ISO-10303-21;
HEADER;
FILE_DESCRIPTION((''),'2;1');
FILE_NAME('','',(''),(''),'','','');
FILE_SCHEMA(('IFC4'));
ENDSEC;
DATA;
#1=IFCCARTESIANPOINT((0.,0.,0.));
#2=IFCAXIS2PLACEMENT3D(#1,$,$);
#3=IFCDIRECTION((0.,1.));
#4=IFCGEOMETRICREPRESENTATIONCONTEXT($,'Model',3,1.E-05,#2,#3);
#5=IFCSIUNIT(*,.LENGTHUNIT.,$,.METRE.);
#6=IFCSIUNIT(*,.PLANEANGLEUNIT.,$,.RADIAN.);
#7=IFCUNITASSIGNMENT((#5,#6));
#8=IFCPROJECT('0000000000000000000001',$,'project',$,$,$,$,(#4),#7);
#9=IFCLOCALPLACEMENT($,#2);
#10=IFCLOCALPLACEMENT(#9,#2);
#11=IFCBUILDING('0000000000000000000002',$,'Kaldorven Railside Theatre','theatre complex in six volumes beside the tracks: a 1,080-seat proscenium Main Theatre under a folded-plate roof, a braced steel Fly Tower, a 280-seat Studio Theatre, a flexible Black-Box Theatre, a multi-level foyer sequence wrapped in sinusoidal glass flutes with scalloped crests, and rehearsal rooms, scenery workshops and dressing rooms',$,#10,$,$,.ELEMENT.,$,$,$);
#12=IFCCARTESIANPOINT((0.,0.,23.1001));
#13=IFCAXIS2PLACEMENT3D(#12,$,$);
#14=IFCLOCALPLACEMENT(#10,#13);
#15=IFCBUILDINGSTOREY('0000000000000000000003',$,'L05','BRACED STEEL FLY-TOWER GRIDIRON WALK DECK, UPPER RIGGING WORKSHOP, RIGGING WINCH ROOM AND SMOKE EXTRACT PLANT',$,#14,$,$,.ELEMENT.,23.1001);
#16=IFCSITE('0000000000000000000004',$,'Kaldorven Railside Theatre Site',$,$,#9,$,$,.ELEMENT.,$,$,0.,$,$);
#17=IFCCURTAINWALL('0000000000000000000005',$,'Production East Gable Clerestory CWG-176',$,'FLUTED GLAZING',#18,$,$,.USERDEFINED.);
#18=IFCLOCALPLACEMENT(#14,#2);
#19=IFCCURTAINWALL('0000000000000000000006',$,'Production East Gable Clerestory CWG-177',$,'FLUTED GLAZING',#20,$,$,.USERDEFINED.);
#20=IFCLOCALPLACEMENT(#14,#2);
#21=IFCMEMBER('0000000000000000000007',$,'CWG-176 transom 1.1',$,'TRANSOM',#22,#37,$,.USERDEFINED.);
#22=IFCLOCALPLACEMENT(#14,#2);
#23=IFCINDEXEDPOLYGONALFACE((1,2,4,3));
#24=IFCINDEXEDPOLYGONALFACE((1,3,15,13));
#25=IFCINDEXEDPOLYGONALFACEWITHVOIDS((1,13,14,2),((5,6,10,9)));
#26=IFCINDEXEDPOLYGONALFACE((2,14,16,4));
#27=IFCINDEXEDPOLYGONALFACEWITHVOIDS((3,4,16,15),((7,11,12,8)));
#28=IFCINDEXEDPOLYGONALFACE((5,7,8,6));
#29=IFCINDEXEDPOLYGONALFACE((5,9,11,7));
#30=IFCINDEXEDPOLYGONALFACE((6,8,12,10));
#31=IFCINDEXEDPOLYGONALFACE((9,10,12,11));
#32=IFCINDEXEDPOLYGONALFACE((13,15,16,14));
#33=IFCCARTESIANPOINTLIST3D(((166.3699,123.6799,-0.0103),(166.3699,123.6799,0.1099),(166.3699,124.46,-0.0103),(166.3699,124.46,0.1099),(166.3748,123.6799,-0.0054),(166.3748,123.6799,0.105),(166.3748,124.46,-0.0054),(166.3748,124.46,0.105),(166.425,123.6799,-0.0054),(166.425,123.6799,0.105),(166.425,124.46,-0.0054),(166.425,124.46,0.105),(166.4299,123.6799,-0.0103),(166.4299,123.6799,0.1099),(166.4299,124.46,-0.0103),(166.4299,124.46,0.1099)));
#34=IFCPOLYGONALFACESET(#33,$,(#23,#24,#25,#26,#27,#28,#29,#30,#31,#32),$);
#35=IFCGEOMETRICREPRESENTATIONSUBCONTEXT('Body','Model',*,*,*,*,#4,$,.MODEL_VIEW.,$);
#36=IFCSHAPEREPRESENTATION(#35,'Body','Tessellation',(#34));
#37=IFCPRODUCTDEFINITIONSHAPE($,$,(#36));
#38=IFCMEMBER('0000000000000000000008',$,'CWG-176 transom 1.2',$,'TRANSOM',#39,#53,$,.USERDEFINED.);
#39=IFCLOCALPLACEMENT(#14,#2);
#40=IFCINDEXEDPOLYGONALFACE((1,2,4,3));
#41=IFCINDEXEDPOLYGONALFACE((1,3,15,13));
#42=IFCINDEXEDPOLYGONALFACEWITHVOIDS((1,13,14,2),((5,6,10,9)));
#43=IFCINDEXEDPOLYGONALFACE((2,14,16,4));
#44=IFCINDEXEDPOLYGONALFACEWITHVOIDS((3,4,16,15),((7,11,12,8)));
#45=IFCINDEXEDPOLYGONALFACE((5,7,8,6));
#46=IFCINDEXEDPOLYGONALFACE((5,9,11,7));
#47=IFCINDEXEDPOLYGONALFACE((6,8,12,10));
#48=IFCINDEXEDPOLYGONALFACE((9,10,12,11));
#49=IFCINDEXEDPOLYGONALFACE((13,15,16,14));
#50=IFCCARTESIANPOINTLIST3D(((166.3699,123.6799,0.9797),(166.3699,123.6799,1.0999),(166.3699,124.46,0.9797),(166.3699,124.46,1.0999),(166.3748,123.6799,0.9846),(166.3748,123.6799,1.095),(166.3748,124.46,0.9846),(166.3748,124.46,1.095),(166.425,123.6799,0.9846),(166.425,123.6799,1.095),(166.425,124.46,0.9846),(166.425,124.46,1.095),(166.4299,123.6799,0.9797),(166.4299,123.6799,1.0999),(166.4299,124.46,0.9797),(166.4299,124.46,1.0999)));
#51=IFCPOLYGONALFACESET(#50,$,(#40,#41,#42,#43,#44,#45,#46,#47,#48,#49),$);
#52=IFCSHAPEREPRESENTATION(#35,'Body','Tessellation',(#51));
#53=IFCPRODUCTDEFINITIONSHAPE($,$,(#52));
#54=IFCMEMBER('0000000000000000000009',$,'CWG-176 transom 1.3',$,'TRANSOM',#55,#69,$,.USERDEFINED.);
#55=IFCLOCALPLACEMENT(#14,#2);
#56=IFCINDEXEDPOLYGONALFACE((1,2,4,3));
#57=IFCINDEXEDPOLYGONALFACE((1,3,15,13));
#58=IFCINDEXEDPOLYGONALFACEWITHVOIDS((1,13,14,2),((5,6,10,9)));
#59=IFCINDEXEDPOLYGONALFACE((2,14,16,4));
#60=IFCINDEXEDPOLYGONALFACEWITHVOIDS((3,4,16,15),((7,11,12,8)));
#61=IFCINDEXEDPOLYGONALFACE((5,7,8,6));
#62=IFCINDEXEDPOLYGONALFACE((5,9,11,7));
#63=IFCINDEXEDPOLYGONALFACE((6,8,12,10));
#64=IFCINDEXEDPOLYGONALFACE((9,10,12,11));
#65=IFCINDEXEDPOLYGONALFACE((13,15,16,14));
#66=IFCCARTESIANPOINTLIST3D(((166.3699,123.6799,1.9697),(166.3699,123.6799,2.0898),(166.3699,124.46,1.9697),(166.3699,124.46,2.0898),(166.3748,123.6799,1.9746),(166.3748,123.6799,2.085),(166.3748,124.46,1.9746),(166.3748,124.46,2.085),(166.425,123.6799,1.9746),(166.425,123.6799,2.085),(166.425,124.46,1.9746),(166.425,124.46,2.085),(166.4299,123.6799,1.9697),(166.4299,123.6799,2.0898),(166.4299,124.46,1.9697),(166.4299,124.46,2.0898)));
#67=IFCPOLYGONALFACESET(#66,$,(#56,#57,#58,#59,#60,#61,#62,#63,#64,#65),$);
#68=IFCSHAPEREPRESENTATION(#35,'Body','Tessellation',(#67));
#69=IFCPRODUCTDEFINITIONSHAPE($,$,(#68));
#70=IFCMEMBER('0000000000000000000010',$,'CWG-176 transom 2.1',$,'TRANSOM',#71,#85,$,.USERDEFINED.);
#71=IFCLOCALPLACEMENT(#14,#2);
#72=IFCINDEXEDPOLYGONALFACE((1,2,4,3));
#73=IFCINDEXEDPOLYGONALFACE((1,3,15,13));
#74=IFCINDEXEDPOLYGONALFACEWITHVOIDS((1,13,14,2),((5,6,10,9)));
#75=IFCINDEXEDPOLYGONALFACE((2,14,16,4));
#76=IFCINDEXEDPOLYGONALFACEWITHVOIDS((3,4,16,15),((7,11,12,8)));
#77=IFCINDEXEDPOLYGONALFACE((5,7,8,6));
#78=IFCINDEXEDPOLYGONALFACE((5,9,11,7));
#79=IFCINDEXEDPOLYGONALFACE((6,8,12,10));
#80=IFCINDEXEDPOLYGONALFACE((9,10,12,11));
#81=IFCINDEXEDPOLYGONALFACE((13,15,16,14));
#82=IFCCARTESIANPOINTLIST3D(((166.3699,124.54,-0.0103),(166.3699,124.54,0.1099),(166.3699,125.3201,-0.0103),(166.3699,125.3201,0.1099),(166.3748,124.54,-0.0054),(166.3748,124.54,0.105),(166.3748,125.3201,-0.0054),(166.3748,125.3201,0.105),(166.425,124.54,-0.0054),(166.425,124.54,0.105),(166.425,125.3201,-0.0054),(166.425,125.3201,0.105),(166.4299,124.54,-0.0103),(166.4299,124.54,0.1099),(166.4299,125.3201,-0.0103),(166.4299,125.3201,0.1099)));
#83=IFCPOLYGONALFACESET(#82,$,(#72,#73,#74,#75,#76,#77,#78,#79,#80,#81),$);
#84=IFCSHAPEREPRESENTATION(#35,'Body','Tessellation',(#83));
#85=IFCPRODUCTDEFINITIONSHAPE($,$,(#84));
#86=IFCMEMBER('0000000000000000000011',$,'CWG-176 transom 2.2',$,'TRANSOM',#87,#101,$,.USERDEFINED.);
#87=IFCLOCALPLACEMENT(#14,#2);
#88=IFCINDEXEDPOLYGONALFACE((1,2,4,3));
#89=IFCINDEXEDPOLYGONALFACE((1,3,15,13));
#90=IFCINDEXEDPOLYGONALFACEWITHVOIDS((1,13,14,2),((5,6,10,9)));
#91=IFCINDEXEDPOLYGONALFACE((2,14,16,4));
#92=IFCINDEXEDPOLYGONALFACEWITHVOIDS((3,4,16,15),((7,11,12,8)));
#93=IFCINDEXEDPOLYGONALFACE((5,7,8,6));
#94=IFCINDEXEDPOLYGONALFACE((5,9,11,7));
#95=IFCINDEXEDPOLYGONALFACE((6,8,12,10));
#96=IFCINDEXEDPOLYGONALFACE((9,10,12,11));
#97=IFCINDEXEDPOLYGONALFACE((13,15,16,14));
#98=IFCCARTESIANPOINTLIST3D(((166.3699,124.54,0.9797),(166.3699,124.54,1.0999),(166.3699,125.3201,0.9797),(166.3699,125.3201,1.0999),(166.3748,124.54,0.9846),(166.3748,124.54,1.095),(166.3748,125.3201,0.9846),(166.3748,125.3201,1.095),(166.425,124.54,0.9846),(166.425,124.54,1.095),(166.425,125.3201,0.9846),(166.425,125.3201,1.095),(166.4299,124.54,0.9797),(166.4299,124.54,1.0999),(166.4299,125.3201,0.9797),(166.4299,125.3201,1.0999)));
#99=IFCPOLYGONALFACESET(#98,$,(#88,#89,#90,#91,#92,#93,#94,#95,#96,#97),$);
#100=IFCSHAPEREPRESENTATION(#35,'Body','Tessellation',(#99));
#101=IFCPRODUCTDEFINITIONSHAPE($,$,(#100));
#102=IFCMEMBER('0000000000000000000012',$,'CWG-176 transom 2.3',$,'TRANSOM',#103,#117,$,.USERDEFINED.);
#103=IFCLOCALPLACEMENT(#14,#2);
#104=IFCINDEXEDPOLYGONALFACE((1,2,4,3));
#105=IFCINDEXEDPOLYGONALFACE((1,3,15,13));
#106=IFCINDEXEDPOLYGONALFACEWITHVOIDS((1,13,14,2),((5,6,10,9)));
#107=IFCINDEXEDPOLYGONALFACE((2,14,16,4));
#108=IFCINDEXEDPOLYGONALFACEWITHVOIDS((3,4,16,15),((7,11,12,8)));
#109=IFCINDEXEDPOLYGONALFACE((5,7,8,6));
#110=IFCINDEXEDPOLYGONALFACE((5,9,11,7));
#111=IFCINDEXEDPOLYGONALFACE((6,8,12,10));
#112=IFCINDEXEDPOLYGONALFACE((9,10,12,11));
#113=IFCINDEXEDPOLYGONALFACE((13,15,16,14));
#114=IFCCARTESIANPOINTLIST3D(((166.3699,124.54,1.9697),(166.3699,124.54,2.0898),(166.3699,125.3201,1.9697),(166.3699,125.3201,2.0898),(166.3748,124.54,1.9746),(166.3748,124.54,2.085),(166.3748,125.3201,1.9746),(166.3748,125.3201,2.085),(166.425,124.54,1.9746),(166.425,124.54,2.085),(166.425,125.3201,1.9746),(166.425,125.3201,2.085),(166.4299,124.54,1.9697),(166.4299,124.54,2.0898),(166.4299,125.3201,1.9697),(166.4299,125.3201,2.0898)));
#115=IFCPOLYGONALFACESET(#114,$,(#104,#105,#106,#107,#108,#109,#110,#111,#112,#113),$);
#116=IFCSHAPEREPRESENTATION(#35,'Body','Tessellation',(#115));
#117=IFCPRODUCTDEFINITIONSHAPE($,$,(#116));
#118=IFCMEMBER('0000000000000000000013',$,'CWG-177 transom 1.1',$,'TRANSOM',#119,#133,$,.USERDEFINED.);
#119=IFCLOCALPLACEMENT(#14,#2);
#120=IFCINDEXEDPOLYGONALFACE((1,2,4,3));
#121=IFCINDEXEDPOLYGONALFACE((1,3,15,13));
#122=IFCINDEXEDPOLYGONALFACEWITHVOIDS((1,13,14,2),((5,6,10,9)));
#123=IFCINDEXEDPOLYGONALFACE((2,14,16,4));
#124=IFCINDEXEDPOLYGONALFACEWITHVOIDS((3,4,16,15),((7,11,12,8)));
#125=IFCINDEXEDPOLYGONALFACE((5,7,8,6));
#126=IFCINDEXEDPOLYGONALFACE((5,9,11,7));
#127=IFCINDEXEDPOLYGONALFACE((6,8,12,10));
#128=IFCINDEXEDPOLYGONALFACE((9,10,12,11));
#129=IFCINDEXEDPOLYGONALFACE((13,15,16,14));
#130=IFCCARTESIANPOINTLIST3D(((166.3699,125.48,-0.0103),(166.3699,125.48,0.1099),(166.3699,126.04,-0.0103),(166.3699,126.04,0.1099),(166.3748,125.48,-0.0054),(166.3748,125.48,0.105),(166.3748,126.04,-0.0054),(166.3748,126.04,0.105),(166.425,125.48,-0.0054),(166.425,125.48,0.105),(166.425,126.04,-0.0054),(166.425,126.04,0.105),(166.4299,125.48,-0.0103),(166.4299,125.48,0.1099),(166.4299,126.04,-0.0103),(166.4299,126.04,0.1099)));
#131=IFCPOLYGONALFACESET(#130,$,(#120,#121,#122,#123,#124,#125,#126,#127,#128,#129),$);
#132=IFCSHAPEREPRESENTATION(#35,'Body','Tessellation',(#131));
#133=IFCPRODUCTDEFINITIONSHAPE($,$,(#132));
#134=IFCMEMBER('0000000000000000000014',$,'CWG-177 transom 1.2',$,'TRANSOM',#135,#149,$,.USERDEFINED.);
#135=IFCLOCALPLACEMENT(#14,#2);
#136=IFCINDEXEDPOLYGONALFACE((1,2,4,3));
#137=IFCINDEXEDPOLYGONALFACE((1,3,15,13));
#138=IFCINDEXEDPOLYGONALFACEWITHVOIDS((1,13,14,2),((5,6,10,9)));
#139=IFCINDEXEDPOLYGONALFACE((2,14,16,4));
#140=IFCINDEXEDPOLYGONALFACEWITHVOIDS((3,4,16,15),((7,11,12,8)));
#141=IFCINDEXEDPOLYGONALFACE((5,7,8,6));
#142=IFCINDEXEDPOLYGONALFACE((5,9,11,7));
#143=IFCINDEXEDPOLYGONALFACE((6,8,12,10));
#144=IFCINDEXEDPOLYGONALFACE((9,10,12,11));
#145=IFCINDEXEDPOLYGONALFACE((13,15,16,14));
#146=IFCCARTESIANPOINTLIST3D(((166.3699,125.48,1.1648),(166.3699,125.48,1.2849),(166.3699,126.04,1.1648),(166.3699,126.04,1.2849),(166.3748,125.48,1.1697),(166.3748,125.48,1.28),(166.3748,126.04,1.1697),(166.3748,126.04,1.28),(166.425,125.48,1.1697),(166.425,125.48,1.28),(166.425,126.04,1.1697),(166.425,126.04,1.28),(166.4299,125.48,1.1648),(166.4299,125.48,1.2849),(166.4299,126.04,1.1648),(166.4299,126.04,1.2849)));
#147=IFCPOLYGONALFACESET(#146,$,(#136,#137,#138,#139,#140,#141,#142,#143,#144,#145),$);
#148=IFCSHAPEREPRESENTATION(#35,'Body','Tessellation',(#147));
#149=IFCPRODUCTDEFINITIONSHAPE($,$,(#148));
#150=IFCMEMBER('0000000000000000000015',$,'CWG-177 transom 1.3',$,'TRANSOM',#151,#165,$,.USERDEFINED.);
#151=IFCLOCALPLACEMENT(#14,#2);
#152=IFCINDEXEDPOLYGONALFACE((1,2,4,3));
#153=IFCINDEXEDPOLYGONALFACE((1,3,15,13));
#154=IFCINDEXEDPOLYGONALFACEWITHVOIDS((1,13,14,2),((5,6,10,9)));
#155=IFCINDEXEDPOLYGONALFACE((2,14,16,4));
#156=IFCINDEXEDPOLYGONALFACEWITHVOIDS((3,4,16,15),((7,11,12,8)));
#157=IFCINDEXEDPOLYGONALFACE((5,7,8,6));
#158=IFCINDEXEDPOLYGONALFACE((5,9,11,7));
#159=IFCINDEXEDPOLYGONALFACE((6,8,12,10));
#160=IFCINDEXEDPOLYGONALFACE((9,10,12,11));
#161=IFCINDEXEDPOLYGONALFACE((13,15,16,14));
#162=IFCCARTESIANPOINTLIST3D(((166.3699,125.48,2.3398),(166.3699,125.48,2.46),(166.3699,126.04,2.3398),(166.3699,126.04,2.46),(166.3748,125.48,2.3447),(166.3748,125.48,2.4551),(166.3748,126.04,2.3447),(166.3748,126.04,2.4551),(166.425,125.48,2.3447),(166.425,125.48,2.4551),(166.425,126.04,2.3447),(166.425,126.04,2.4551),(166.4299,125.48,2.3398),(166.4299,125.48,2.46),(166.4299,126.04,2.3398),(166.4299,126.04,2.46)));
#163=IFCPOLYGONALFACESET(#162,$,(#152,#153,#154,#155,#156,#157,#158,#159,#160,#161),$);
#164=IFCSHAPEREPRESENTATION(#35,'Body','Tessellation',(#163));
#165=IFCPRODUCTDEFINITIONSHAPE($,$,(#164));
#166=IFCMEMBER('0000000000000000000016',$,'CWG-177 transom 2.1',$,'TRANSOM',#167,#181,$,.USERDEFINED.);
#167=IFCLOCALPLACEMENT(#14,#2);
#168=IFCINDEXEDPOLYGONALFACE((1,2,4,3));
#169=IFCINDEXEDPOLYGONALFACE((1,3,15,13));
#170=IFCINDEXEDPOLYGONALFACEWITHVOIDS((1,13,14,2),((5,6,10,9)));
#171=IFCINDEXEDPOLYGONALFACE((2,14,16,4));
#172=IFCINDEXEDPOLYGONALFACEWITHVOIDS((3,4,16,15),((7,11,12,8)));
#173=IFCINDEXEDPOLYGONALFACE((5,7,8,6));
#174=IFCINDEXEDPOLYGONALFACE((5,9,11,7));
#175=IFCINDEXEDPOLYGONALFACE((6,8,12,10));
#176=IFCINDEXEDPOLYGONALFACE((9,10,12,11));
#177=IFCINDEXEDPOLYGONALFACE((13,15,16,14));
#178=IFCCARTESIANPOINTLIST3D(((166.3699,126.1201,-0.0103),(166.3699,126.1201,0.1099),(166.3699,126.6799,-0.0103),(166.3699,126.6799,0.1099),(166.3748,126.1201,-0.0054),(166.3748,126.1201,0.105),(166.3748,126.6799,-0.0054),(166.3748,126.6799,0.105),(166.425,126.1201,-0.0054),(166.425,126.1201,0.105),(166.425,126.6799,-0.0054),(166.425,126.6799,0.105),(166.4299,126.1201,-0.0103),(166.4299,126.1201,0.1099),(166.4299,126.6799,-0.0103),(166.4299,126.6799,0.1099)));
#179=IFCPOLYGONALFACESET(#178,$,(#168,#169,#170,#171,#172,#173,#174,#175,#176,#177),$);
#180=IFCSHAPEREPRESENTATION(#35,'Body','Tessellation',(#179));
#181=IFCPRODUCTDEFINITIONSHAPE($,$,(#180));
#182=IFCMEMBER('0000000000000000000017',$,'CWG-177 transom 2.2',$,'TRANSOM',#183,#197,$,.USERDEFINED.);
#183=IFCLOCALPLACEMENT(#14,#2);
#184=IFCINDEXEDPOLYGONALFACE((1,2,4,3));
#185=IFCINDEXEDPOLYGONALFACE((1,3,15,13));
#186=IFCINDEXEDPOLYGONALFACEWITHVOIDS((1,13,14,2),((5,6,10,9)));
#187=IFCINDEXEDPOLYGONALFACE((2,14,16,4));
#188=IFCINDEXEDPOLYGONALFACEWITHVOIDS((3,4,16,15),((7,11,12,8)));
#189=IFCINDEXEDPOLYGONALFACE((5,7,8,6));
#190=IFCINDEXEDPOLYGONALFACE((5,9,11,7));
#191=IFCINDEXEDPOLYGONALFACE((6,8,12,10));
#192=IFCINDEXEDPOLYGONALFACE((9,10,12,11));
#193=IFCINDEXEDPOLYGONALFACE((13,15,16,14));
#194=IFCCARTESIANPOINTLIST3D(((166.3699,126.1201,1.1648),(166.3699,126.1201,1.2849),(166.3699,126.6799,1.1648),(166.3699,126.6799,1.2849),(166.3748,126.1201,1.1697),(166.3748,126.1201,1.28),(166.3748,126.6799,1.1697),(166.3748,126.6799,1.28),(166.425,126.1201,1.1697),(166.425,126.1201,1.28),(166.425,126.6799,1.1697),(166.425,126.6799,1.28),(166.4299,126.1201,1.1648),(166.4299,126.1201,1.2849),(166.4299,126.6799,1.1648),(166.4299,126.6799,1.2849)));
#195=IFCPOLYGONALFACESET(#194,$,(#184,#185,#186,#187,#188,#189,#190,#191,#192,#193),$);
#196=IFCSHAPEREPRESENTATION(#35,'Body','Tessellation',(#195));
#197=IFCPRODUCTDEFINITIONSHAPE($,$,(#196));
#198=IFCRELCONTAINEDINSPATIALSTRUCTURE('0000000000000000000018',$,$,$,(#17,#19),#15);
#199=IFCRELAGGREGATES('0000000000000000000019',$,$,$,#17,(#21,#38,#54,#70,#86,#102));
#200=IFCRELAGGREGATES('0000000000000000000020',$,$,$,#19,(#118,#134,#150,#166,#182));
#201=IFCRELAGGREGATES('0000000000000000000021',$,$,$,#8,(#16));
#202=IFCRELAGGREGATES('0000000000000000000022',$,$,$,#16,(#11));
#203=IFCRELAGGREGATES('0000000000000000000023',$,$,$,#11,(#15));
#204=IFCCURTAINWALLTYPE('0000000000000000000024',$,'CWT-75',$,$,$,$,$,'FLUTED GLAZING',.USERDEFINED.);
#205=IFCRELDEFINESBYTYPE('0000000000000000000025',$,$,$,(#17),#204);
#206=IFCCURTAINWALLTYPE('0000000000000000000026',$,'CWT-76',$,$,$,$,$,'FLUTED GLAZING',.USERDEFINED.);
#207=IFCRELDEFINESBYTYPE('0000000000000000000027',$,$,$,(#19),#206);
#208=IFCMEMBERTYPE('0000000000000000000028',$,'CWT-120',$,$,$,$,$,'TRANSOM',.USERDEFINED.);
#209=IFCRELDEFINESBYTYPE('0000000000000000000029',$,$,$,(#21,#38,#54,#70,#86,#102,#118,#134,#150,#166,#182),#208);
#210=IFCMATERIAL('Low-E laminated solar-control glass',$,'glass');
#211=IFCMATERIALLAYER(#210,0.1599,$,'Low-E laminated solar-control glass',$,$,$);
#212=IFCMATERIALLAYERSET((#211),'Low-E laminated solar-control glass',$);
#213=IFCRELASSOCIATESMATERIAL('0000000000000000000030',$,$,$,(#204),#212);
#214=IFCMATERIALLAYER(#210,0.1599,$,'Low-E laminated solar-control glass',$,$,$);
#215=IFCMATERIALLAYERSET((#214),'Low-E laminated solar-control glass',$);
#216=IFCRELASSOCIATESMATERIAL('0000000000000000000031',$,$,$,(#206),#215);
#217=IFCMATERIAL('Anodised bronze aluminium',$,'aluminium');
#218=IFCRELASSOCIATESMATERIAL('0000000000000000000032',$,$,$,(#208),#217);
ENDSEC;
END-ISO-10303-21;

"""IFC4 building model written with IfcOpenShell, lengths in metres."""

from ifc_helpers import new_model, si_unit, direction, frame, origin, origin_2d, place, context, subcontext, project, spatial, hollow_rectangle, extrude, material, layer, layer_set, material_profile, profile_set, type_object, element, aggregate, save


model = new_model("IFC4")

# Units and contexts
model_context = context("Model", 3, precision=1e-05, world=origin(), true_north=direction((0.0, 1.0)))
body_context = subcontext(model_context, "Body", "Model", "MODEL_VIEW")
ifc_project = project(units=[si_unit("LENGTHUNIT", "METRE"), si_unit("PLANEANGLEUNIT", "RADIAN")], contexts=[model_context])

# Site, building, storey
site_placement = place(None, origin())
site = spatial("IfcSite", under=ifc_project, at=site_placement, Name="Kaldorven Railside Theatre Site", CompositionType="ELEMENT", RefElevation=0.0)
building_placement = place(site_placement, origin())
building = spatial("IfcBuilding", under=site, at=building_placement, Name="Kaldorven Railside Theatre", Description="theatre complex in six volumes beside the tracks: a 1,080-seat proscenium Main Theatre under a folded-plate roof, a braced steel Fly Tower, a 280-seat Studio Theatre, a flexible Black-Box Theatre, a multi-level foyer sequence wrapped in sinusoidal glass flutes with scalloped crests, and rehearsal rooms, scenery workshops and dressing rooms", CompositionType="ELEMENT")
storey_placement = place(building_placement, frame((0.0, 0.0, 23.1001)))
storey = spatial("IfcBuildingStorey", under=building, at=storey_placement, Name="L05", Description="BRACED STEEL FLY-TOWER GRIDIRON WALK DECK, UPPER RIGGING WORKSHOP, RIGGING WINCH ROOM AND SMOKE EXTRACT PLANT", CompositionType="ELEMENT", Elevation=23.1001)

# Shared definitions
ifc_material_1 = material(Name="Low-E laminated solar-control glass", Category="glass")
ifc_material_2 = material(Name="Anodised bronze aluminium", Category="aluminium")

# Curtain walls
ifc_layer_1 = layer(ifc_material_1, 0.1599, Name="Low-E laminated solar-control glass")
ifc_layer_set_1 = layer_set([ifc_layer_1], Name="Low-E laminated solar-control glass")
curtain_wall_type_1 = type_object("IfcCurtainWallType", Name="CWT-75", ElementType="FLUTED GLAZING", PredefinedType="USERDEFINED", material=ifc_layer_set_1)
curtain_wall_1_placement = place(storey_placement, origin())
curtain_wall_1 = element("IfcCurtainWall", 1, at=curtain_wall_1_placement, inside=storey, type_object=curtain_wall_type_1, Name="Production East Gable Clerestory CWG-176", ObjectType="FLUTED GLAZING", PredefinedType="USERDEFINED")
ifc_layer_2 = layer(ifc_material_1, 0.1599, Name="Low-E laminated solar-control glass")
ifc_layer_set_2 = layer_set([ifc_layer_2], Name="Low-E laminated solar-control glass")
curtain_wall_type_2 = type_object("IfcCurtainWallType", Name="CWT-76", ElementType="FLUTED GLAZING", PredefinedType="USERDEFINED", material=ifc_layer_set_2)
curtain_wall_2_placement = place(storey_placement, origin())
curtain_wall_2 = element("IfcCurtainWall", 2, at=curtain_wall_2_placement, inside=storey, type_object=curtain_wall_type_2, Name="Production East Gable Clerestory CWG-177", ObjectType="FLUTED GLAZING", PredefinedType="USERDEFINED")

# Members
ifc_material_profile_1 = material_profile(ifc_material_2, hollow_rectangle(XDim=0.0601, YDim=0.1201, WallThickness=0.0049, at=origin_2d()), Name="RHS 120x60x5")
ifc_profile_set_1 = profile_set([ifc_material_profile_1], Name="Anodised bronze aluminium")
member_type_1 = type_object("IfcMemberType", Name="CWT-120", ElementType="TRANSOM", PredefinedType="USERDEFINED", material=ifc_profile_set_1)
member_1_placement = place(storey_placement, frame((166.3999, 123.6799, 0.0498), z_axis=(0.0, 1.0, 0.0), x_axis=(-1.0, 0.0, 0.0)))
member_1 = element("IfcMember", 3, at=member_1_placement, type_object=member_type_1, Name="CWG-176 transom 1.1", ObjectType="TRANSOM", PredefinedType="USERDEFINED", context=body_context, shape_type="SweptSolid", body=[
    extrude(hollow_rectangle(XDim=0.0601, YDim=0.1201, WallThickness=0.0049, at=origin_2d()), origin(), (0.0, 0.0, 1.0), 0.78),
])
member_2_placement = place(storey_placement, frame((166.3999, 123.6799, 1.0398), z_axis=(0.0, 1.0, 0.0), x_axis=(-1.0, 0.0, 0.0)))
member_2 = element("IfcMember", 4, at=member_2_placement, type_object=member_type_1, Name="CWG-176 transom 1.2", ObjectType="TRANSOM", PredefinedType="USERDEFINED", context=body_context, shape_type="SweptSolid", body=[
    extrude(hollow_rectangle(XDim=0.0601, YDim=0.1201, WallThickness=0.0049, at=origin_2d()), origin(), (0.0, 0.0, 1.0), 0.78),
])
member_3_placement = place(storey_placement, frame((166.3999, 123.6799, 2.0298), z_axis=(0.0, 1.0, 0.0), x_axis=(-1.0, 0.0, 0.0)))
member_3 = element("IfcMember", 5, at=member_3_placement, type_object=member_type_1, Name="CWG-176 transom 1.3", ObjectType="TRANSOM", PredefinedType="USERDEFINED", context=body_context, shape_type="SweptSolid", body=[
    extrude(hollow_rectangle(XDim=0.0601, YDim=0.1201, WallThickness=0.0049, at=origin_2d()), origin(), (0.0, 0.0, 1.0), 0.78),
])
member_4_placement = place(storey_placement, frame((166.3999, 124.54, 0.0498), z_axis=(0.0, 1.0, 0.0), x_axis=(-1.0, 0.0, 0.0)))
member_4 = element("IfcMember", 6, at=member_4_placement, type_object=member_type_1, Name="CWG-176 transom 2.1", ObjectType="TRANSOM", PredefinedType="USERDEFINED", context=body_context, shape_type="SweptSolid", body=[
    extrude(hollow_rectangle(XDim=0.0601, YDim=0.1201, WallThickness=0.0049, at=origin_2d()), origin(), (0.0, 0.0, 1.0), 0.78),
])
member_5_placement = place(storey_placement, frame((166.3999, 124.54, 1.0398), z_axis=(0.0, 1.0, 0.0), x_axis=(-1.0, 0.0, 0.0)))
member_5 = element("IfcMember", 7, at=member_5_placement, type_object=member_type_1, Name="CWG-176 transom 2.2", ObjectType="TRANSOM", PredefinedType="USERDEFINED", context=body_context, shape_type="SweptSolid", body=[
    extrude(hollow_rectangle(XDim=0.0601, YDim=0.1201, WallThickness=0.0049, at=origin_2d()), origin(), (0.0, 0.0, 1.0), 0.78),
])
member_6_placement = place(storey_placement, frame((166.3999, 124.54, 2.0298), z_axis=(0.0, 1.0, 0.0), x_axis=(-1.0, 0.0, 0.0)))
member_6 = element("IfcMember", 8, at=member_6_placement, type_object=member_type_1, Name="CWG-176 transom 2.3", ObjectType="TRANSOM", PredefinedType="USERDEFINED", context=body_context, shape_type="SweptSolid", body=[
    extrude(hollow_rectangle(XDim=0.0601, YDim=0.1201, WallThickness=0.0049, at=origin_2d()), origin(), (0.0, 0.0, 1.0), 0.78),
])
member_7_placement = place(storey_placement, frame((166.3999, 125.48, 0.0498), z_axis=(0.0, 1.0, 0.0), x_axis=(-1.0, 0.0, 0.0)))
member_7 = element("IfcMember", 9, at=member_7_placement, type_object=member_type_1, Name="CWG-177 transom 1.1", ObjectType="TRANSOM", PredefinedType="USERDEFINED", context=body_context, shape_type="SweptSolid", body=[
    extrude(hollow_rectangle(XDim=0.0601, YDim=0.1201, WallThickness=0.0049, at=origin_2d()), origin(), (0.0, 0.0, 1.0), 0.5601),
])
member_8_placement = place(storey_placement, frame((166.3999, 125.48, 1.2249), z_axis=(0.0, 1.0, 0.0), x_axis=(-1.0, 0.0, 0.0)))
member_8 = element("IfcMember", 10, at=member_8_placement, type_object=member_type_1, Name="CWG-177 transom 1.2", ObjectType="TRANSOM", PredefinedType="USERDEFINED", context=body_context, shape_type="SweptSolid", body=[
    extrude(hollow_rectangle(XDim=0.0601, YDim=0.1201, WallThickness=0.0049, at=origin_2d()), origin(), (0.0, 0.0, 1.0), 0.5601),
])
member_9_placement = place(storey_placement, frame((166.3999, 125.48, 2.3999), z_axis=(0.0, 1.0, 0.0), x_axis=(-1.0, 0.0, 0.0)))
member_9 = element("IfcMember", 11, at=member_9_placement, type_object=member_type_1, Name="CWG-177 transom 1.3", ObjectType="TRANSOM", PredefinedType="USERDEFINED", context=body_context, shape_type="SweptSolid", body=[
    extrude(hollow_rectangle(XDim=0.0601, YDim=0.1201, WallThickness=0.0049, at=origin_2d()), origin(), (0.0, 0.0, 1.0), 0.5601),
])
member_10_placement = place(storey_placement, frame((166.3999, 126.1201, 0.0498), z_axis=(0.0, 1.0, 0.0), x_axis=(-1.0, 0.0, 0.0)))
member_10 = element("IfcMember", 12, at=member_10_placement, type_object=member_type_1, Name="CWG-177 transom 2.1", ObjectType="TRANSOM", PredefinedType="USERDEFINED", context=body_context, shape_type="SweptSolid", body=[
    extrude(hollow_rectangle(XDim=0.0601, YDim=0.1201, WallThickness=0.0049, at=origin_2d()), origin(), (0.0, 0.0, 1.0), 0.5598),
])
member_11_placement = place(storey_placement, frame((166.3999, 126.1201, 1.2249), z_axis=(0.0, 1.0, 0.0), x_axis=(-1.0, 0.0, 0.0)))
member_11 = element("IfcMember", 13, at=member_11_placement, type_object=member_type_1, Name="CWG-177 transom 2.2", ObjectType="TRANSOM", PredefinedType="USERDEFINED", context=body_context, shape_type="SweptSolid", body=[
    extrude(hollow_rectangle(XDim=0.0601, YDim=0.1201, WallThickness=0.0049, at=origin_2d()), origin(), (0.0, 0.0, 1.0), 0.5598),
])

aggregate(curtain_wall_1, [member_1, member_2, member_3, member_4, member_5, member_6])
aggregate(curtain_wall_2, [member_7, member_8, member_9, member_10, member_11])

save(model, "model.ifc")
